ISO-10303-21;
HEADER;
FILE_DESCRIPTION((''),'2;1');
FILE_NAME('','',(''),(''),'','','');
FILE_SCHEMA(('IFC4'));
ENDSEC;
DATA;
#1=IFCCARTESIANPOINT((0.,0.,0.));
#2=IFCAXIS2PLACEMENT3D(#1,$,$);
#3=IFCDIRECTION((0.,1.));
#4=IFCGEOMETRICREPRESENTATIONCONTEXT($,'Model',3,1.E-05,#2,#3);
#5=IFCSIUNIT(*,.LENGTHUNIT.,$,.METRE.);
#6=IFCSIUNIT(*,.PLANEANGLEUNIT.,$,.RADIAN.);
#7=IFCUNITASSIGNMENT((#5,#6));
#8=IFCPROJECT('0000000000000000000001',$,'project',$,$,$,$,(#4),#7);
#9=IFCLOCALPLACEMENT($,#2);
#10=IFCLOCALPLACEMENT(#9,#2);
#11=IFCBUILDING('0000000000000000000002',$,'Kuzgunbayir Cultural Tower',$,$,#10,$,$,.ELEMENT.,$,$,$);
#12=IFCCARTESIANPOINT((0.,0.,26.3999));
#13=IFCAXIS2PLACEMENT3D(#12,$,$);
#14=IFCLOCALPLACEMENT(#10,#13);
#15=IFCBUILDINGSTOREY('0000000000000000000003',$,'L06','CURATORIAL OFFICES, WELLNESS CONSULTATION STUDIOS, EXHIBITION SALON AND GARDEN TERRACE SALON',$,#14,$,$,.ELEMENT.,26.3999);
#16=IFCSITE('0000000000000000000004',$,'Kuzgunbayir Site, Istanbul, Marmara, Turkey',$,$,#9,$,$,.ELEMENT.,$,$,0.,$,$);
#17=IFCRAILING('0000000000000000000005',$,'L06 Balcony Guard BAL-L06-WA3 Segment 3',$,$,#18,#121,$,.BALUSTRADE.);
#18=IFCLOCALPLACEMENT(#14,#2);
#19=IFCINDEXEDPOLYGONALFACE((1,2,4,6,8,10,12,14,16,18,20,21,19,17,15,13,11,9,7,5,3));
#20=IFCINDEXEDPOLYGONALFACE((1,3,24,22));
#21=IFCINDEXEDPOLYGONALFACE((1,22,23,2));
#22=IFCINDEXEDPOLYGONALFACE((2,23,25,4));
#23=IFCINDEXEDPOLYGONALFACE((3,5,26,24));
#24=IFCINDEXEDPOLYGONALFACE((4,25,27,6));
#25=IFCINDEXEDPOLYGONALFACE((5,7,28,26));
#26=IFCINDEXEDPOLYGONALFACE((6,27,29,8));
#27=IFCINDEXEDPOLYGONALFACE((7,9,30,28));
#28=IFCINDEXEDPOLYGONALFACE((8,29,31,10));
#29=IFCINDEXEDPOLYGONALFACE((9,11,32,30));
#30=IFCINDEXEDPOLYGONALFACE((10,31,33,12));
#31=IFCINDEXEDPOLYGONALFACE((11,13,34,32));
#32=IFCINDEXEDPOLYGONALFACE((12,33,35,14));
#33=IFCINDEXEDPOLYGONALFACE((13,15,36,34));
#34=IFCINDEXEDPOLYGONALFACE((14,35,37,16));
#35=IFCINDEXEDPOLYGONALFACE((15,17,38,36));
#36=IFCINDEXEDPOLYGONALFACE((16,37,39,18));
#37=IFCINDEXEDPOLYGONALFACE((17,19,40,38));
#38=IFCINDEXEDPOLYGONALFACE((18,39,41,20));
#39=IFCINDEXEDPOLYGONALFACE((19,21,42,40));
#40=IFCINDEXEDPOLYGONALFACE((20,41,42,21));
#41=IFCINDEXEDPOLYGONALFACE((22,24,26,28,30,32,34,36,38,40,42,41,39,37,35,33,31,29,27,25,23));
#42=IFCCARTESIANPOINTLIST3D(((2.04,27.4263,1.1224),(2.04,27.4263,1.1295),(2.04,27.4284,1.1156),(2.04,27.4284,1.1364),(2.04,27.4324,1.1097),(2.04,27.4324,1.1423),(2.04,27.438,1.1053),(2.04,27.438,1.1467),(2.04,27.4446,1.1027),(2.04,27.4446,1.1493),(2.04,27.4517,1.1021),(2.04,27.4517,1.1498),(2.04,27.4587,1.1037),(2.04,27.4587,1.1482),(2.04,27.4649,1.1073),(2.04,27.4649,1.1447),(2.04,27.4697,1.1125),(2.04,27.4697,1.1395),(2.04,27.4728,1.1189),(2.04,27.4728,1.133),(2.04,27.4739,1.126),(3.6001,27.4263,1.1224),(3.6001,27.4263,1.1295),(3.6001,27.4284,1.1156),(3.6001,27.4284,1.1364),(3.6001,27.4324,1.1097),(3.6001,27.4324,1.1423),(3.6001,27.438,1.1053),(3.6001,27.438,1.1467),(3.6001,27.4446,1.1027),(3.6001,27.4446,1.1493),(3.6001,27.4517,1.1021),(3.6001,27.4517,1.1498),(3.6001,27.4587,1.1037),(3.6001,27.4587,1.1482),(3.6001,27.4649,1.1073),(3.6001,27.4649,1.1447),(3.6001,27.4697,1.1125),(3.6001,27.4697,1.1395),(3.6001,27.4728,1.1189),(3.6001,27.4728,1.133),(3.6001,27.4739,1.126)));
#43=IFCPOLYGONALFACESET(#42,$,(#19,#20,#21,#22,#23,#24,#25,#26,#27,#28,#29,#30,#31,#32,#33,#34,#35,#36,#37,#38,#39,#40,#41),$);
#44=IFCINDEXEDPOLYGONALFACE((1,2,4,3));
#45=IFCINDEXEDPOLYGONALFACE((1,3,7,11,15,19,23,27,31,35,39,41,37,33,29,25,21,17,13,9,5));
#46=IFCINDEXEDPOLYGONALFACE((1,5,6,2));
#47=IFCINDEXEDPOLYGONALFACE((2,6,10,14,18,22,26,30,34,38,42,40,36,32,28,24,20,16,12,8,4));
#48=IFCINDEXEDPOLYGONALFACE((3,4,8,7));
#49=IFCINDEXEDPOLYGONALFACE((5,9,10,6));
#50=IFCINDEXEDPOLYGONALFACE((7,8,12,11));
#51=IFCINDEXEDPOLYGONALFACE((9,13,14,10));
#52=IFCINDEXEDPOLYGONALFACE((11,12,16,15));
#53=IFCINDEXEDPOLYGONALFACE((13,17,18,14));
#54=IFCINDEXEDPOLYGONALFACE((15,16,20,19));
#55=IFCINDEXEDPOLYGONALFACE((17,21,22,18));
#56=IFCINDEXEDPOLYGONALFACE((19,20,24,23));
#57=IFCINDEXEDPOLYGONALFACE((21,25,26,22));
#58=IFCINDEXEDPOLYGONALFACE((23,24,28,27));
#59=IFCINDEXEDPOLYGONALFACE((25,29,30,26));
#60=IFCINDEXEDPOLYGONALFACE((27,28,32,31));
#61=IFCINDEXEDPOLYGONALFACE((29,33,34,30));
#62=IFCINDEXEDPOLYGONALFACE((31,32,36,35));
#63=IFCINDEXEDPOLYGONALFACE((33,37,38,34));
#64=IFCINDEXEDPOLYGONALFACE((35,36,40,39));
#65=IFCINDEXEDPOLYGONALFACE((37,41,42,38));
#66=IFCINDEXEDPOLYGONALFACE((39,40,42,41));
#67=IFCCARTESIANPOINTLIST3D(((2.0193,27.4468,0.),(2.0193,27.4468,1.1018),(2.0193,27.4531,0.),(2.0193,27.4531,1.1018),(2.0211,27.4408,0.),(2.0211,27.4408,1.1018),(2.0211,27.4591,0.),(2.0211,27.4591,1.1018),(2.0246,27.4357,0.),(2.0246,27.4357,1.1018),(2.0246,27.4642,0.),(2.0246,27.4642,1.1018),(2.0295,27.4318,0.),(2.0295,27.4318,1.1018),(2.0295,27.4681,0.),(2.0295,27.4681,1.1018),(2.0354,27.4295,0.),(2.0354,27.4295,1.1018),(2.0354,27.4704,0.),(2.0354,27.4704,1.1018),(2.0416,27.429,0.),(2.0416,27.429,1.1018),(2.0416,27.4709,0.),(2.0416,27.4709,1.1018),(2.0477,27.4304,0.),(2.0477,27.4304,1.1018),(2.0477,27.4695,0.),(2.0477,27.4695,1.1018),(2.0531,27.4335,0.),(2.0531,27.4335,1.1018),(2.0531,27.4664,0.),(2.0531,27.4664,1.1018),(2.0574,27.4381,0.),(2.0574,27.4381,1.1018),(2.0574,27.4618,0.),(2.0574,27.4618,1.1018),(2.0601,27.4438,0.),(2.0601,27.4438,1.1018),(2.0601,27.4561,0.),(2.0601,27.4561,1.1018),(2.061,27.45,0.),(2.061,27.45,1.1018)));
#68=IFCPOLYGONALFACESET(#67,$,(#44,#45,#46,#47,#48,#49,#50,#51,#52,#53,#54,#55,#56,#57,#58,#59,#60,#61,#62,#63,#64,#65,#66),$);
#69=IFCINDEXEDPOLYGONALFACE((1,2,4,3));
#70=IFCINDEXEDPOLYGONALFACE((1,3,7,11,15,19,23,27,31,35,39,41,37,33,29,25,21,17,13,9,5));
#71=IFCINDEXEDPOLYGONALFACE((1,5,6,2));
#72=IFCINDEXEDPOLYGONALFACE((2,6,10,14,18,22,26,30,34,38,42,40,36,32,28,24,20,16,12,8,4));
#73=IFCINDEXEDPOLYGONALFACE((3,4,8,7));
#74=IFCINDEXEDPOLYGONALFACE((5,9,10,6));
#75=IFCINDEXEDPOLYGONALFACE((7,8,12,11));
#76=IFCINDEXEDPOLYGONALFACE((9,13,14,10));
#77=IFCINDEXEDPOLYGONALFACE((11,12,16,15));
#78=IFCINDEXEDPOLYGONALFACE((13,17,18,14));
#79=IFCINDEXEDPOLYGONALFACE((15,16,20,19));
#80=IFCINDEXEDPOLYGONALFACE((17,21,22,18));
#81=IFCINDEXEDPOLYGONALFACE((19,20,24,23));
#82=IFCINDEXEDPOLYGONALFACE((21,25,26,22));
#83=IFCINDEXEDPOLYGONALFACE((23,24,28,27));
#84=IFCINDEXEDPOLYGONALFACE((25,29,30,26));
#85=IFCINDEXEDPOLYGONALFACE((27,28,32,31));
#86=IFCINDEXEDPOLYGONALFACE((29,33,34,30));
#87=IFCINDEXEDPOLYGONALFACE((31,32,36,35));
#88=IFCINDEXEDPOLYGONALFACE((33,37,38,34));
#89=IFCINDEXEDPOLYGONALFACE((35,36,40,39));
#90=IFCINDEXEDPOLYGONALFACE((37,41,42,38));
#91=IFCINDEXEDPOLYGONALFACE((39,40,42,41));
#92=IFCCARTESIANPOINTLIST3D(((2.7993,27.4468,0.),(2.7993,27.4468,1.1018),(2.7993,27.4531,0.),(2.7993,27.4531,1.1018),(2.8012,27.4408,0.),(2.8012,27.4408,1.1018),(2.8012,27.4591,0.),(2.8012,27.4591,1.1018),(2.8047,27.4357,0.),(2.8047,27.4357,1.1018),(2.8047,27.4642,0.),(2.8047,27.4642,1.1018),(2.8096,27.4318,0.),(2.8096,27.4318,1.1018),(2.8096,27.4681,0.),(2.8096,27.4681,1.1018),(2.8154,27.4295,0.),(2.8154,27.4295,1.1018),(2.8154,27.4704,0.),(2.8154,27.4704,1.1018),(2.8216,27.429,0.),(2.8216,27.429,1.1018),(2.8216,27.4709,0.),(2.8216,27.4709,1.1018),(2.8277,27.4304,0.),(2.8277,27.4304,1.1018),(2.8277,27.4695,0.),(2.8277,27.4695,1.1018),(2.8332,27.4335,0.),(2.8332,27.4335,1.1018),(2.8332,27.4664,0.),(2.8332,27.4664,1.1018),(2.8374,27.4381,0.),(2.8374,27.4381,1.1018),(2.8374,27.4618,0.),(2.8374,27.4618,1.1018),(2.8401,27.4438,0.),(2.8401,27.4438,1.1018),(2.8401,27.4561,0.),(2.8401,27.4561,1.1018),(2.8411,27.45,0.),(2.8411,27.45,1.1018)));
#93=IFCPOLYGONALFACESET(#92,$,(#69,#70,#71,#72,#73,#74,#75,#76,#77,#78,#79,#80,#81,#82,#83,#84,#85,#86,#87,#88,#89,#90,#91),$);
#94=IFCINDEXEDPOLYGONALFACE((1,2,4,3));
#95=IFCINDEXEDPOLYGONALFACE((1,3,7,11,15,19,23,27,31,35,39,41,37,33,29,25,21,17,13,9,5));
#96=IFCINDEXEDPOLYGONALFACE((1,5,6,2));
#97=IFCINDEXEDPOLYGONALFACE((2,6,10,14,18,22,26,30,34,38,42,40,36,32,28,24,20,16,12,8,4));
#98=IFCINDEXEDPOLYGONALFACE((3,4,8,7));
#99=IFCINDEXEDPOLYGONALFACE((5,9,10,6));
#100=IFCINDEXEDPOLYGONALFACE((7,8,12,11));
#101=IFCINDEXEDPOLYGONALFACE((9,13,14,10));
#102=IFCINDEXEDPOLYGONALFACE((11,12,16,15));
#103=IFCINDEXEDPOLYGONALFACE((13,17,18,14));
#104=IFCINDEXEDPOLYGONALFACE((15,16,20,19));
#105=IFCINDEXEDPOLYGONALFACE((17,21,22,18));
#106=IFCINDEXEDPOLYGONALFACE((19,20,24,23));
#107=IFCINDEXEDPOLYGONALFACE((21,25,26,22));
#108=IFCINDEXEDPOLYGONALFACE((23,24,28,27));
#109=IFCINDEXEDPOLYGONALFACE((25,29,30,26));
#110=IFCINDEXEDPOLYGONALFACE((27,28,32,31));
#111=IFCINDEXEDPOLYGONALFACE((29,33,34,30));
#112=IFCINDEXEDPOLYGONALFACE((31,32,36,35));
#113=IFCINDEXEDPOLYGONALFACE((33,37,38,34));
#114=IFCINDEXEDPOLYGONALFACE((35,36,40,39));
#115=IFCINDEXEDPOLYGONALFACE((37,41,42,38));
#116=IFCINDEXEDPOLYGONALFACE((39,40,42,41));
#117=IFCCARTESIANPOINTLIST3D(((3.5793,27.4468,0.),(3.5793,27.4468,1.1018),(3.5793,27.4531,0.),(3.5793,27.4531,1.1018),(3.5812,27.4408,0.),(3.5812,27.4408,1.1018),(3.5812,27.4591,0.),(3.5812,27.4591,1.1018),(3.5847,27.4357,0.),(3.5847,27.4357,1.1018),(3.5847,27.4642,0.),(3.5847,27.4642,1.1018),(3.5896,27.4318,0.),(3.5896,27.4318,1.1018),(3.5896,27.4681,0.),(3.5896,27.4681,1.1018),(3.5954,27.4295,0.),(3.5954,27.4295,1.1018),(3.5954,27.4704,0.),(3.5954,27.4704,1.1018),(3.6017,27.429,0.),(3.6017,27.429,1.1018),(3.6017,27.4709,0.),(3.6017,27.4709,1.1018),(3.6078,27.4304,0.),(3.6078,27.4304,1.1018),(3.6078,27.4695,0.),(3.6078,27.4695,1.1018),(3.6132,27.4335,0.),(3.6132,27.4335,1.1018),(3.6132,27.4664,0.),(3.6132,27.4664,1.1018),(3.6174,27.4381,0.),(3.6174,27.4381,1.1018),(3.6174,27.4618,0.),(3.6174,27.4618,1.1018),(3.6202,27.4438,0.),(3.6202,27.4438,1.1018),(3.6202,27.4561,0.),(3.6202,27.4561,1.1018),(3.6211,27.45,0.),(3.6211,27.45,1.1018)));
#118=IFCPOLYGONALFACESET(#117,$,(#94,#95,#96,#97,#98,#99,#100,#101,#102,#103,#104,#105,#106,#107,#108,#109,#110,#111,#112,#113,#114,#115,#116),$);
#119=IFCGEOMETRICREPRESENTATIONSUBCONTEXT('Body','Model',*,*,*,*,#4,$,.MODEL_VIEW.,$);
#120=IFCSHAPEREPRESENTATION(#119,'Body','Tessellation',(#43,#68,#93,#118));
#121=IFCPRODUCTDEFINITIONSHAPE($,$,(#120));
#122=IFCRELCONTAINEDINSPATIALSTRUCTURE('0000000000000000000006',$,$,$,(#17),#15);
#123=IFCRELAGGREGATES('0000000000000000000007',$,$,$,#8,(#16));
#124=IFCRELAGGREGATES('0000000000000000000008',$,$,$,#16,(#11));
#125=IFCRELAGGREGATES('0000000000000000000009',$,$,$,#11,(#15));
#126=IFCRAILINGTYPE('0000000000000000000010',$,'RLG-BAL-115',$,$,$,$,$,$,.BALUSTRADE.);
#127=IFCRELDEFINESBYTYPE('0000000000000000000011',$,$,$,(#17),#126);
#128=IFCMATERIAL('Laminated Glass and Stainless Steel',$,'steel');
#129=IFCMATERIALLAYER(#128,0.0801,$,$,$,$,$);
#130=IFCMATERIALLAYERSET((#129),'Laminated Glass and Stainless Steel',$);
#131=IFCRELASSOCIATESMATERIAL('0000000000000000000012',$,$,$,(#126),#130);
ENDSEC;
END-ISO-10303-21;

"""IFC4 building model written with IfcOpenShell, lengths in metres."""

from ifc_helpers import new_model, si_unit, direction, frame, origin, origin_2d, place, context, subcontext, project, spatial, circle, extrude, material, layer, layer_set, type_object, element, save


model = new_model("IFC4")

# Units and contexts
model_context = context("Model", 3, precision=1e-05, world=origin(), true_north=direction((0.0, 1.0)))
body_context = subcontext(model_context, "Body", "Model", "MODEL_VIEW")
ifc_project = project(units=[si_unit("LENGTHUNIT", "METRE"), si_unit("PLANEANGLEUNIT", "RADIAN")], contexts=[model_context])

# Site, building, storey
site_placement = place(None, origin())
site = spatial("IfcSite", under=ifc_project, at=site_placement, Name="Kuzgunbayir Site, Istanbul, Marmara, Turkey", CompositionType="ELEMENT", RefElevation=0.0)
building_placement = place(site_placement, origin())
building = spatial("IfcBuilding", under=site, at=building_placement, Name="Kuzgunbayir Cultural Tower", CompositionType="ELEMENT")
storey_placement = place(building_placement, frame((0.0, 0.0, 26.3999)))
storey = spatial("IfcBuildingStorey", under=building, at=storey_placement, Name="L06", Description="CURATORIAL OFFICES, WELLNESS CONSULTATION STUDIOS, EXHIBITION SALON AND GARDEN TERRACE SALON", CompositionType="ELEMENT", Elevation=26.3999)

# Railing
ifc_material_1 = material(Name="Laminated Glass and Stainless Steel", Category="steel")
ifc_layer_1 = layer(ifc_material_1, 0.0801)
ifc_layer_set_1 = layer_set([ifc_layer_1], Name="Laminated Glass and Stainless Steel")
railing_type = type_object("IfcRailingType", Name="RLG-BAL-115", PredefinedType="BALUSTRADE", material=ifc_layer_set_1)
railing_1_placement = place(storey_placement, frame((2.04, 27.45, 0.0)))
element("IfcRailing", 1, at=railing_1_placement, inside=storey, type_object=railing_type, Name="L06 Balcony Guard BAL-L06-WA3 Segment 3", PredefinedType="BALUSTRADE", context=body_context, shape_type="SweptSolid", body=[
    extrude(circle(Radius=0.0239, at=origin_2d()), frame((0.0, 0.0, 1.126), z_axis=(1.0, 0.0, 0.0), x_axis=(0.0, 1.0, 0.0)), (0.0, 0.0, 1.0), 1.5601),
    extrude(circle(Radius=0.021, at=origin_2d()), origin(), (0.0, 0.0, 1.0), 1.1018),
    extrude(circle(Radius=0.021, at=origin_2d()), frame((0.78, 0.0, 0.0)), (0.0, 0.0, 1.0), 1.1018),
    extrude(circle(Radius=0.021, at=origin_2d()), frame((1.5601, 0.0, 0.0)), (0.0, 0.0, 1.0), 1.1018),
])

save(model, "model.ifc")
